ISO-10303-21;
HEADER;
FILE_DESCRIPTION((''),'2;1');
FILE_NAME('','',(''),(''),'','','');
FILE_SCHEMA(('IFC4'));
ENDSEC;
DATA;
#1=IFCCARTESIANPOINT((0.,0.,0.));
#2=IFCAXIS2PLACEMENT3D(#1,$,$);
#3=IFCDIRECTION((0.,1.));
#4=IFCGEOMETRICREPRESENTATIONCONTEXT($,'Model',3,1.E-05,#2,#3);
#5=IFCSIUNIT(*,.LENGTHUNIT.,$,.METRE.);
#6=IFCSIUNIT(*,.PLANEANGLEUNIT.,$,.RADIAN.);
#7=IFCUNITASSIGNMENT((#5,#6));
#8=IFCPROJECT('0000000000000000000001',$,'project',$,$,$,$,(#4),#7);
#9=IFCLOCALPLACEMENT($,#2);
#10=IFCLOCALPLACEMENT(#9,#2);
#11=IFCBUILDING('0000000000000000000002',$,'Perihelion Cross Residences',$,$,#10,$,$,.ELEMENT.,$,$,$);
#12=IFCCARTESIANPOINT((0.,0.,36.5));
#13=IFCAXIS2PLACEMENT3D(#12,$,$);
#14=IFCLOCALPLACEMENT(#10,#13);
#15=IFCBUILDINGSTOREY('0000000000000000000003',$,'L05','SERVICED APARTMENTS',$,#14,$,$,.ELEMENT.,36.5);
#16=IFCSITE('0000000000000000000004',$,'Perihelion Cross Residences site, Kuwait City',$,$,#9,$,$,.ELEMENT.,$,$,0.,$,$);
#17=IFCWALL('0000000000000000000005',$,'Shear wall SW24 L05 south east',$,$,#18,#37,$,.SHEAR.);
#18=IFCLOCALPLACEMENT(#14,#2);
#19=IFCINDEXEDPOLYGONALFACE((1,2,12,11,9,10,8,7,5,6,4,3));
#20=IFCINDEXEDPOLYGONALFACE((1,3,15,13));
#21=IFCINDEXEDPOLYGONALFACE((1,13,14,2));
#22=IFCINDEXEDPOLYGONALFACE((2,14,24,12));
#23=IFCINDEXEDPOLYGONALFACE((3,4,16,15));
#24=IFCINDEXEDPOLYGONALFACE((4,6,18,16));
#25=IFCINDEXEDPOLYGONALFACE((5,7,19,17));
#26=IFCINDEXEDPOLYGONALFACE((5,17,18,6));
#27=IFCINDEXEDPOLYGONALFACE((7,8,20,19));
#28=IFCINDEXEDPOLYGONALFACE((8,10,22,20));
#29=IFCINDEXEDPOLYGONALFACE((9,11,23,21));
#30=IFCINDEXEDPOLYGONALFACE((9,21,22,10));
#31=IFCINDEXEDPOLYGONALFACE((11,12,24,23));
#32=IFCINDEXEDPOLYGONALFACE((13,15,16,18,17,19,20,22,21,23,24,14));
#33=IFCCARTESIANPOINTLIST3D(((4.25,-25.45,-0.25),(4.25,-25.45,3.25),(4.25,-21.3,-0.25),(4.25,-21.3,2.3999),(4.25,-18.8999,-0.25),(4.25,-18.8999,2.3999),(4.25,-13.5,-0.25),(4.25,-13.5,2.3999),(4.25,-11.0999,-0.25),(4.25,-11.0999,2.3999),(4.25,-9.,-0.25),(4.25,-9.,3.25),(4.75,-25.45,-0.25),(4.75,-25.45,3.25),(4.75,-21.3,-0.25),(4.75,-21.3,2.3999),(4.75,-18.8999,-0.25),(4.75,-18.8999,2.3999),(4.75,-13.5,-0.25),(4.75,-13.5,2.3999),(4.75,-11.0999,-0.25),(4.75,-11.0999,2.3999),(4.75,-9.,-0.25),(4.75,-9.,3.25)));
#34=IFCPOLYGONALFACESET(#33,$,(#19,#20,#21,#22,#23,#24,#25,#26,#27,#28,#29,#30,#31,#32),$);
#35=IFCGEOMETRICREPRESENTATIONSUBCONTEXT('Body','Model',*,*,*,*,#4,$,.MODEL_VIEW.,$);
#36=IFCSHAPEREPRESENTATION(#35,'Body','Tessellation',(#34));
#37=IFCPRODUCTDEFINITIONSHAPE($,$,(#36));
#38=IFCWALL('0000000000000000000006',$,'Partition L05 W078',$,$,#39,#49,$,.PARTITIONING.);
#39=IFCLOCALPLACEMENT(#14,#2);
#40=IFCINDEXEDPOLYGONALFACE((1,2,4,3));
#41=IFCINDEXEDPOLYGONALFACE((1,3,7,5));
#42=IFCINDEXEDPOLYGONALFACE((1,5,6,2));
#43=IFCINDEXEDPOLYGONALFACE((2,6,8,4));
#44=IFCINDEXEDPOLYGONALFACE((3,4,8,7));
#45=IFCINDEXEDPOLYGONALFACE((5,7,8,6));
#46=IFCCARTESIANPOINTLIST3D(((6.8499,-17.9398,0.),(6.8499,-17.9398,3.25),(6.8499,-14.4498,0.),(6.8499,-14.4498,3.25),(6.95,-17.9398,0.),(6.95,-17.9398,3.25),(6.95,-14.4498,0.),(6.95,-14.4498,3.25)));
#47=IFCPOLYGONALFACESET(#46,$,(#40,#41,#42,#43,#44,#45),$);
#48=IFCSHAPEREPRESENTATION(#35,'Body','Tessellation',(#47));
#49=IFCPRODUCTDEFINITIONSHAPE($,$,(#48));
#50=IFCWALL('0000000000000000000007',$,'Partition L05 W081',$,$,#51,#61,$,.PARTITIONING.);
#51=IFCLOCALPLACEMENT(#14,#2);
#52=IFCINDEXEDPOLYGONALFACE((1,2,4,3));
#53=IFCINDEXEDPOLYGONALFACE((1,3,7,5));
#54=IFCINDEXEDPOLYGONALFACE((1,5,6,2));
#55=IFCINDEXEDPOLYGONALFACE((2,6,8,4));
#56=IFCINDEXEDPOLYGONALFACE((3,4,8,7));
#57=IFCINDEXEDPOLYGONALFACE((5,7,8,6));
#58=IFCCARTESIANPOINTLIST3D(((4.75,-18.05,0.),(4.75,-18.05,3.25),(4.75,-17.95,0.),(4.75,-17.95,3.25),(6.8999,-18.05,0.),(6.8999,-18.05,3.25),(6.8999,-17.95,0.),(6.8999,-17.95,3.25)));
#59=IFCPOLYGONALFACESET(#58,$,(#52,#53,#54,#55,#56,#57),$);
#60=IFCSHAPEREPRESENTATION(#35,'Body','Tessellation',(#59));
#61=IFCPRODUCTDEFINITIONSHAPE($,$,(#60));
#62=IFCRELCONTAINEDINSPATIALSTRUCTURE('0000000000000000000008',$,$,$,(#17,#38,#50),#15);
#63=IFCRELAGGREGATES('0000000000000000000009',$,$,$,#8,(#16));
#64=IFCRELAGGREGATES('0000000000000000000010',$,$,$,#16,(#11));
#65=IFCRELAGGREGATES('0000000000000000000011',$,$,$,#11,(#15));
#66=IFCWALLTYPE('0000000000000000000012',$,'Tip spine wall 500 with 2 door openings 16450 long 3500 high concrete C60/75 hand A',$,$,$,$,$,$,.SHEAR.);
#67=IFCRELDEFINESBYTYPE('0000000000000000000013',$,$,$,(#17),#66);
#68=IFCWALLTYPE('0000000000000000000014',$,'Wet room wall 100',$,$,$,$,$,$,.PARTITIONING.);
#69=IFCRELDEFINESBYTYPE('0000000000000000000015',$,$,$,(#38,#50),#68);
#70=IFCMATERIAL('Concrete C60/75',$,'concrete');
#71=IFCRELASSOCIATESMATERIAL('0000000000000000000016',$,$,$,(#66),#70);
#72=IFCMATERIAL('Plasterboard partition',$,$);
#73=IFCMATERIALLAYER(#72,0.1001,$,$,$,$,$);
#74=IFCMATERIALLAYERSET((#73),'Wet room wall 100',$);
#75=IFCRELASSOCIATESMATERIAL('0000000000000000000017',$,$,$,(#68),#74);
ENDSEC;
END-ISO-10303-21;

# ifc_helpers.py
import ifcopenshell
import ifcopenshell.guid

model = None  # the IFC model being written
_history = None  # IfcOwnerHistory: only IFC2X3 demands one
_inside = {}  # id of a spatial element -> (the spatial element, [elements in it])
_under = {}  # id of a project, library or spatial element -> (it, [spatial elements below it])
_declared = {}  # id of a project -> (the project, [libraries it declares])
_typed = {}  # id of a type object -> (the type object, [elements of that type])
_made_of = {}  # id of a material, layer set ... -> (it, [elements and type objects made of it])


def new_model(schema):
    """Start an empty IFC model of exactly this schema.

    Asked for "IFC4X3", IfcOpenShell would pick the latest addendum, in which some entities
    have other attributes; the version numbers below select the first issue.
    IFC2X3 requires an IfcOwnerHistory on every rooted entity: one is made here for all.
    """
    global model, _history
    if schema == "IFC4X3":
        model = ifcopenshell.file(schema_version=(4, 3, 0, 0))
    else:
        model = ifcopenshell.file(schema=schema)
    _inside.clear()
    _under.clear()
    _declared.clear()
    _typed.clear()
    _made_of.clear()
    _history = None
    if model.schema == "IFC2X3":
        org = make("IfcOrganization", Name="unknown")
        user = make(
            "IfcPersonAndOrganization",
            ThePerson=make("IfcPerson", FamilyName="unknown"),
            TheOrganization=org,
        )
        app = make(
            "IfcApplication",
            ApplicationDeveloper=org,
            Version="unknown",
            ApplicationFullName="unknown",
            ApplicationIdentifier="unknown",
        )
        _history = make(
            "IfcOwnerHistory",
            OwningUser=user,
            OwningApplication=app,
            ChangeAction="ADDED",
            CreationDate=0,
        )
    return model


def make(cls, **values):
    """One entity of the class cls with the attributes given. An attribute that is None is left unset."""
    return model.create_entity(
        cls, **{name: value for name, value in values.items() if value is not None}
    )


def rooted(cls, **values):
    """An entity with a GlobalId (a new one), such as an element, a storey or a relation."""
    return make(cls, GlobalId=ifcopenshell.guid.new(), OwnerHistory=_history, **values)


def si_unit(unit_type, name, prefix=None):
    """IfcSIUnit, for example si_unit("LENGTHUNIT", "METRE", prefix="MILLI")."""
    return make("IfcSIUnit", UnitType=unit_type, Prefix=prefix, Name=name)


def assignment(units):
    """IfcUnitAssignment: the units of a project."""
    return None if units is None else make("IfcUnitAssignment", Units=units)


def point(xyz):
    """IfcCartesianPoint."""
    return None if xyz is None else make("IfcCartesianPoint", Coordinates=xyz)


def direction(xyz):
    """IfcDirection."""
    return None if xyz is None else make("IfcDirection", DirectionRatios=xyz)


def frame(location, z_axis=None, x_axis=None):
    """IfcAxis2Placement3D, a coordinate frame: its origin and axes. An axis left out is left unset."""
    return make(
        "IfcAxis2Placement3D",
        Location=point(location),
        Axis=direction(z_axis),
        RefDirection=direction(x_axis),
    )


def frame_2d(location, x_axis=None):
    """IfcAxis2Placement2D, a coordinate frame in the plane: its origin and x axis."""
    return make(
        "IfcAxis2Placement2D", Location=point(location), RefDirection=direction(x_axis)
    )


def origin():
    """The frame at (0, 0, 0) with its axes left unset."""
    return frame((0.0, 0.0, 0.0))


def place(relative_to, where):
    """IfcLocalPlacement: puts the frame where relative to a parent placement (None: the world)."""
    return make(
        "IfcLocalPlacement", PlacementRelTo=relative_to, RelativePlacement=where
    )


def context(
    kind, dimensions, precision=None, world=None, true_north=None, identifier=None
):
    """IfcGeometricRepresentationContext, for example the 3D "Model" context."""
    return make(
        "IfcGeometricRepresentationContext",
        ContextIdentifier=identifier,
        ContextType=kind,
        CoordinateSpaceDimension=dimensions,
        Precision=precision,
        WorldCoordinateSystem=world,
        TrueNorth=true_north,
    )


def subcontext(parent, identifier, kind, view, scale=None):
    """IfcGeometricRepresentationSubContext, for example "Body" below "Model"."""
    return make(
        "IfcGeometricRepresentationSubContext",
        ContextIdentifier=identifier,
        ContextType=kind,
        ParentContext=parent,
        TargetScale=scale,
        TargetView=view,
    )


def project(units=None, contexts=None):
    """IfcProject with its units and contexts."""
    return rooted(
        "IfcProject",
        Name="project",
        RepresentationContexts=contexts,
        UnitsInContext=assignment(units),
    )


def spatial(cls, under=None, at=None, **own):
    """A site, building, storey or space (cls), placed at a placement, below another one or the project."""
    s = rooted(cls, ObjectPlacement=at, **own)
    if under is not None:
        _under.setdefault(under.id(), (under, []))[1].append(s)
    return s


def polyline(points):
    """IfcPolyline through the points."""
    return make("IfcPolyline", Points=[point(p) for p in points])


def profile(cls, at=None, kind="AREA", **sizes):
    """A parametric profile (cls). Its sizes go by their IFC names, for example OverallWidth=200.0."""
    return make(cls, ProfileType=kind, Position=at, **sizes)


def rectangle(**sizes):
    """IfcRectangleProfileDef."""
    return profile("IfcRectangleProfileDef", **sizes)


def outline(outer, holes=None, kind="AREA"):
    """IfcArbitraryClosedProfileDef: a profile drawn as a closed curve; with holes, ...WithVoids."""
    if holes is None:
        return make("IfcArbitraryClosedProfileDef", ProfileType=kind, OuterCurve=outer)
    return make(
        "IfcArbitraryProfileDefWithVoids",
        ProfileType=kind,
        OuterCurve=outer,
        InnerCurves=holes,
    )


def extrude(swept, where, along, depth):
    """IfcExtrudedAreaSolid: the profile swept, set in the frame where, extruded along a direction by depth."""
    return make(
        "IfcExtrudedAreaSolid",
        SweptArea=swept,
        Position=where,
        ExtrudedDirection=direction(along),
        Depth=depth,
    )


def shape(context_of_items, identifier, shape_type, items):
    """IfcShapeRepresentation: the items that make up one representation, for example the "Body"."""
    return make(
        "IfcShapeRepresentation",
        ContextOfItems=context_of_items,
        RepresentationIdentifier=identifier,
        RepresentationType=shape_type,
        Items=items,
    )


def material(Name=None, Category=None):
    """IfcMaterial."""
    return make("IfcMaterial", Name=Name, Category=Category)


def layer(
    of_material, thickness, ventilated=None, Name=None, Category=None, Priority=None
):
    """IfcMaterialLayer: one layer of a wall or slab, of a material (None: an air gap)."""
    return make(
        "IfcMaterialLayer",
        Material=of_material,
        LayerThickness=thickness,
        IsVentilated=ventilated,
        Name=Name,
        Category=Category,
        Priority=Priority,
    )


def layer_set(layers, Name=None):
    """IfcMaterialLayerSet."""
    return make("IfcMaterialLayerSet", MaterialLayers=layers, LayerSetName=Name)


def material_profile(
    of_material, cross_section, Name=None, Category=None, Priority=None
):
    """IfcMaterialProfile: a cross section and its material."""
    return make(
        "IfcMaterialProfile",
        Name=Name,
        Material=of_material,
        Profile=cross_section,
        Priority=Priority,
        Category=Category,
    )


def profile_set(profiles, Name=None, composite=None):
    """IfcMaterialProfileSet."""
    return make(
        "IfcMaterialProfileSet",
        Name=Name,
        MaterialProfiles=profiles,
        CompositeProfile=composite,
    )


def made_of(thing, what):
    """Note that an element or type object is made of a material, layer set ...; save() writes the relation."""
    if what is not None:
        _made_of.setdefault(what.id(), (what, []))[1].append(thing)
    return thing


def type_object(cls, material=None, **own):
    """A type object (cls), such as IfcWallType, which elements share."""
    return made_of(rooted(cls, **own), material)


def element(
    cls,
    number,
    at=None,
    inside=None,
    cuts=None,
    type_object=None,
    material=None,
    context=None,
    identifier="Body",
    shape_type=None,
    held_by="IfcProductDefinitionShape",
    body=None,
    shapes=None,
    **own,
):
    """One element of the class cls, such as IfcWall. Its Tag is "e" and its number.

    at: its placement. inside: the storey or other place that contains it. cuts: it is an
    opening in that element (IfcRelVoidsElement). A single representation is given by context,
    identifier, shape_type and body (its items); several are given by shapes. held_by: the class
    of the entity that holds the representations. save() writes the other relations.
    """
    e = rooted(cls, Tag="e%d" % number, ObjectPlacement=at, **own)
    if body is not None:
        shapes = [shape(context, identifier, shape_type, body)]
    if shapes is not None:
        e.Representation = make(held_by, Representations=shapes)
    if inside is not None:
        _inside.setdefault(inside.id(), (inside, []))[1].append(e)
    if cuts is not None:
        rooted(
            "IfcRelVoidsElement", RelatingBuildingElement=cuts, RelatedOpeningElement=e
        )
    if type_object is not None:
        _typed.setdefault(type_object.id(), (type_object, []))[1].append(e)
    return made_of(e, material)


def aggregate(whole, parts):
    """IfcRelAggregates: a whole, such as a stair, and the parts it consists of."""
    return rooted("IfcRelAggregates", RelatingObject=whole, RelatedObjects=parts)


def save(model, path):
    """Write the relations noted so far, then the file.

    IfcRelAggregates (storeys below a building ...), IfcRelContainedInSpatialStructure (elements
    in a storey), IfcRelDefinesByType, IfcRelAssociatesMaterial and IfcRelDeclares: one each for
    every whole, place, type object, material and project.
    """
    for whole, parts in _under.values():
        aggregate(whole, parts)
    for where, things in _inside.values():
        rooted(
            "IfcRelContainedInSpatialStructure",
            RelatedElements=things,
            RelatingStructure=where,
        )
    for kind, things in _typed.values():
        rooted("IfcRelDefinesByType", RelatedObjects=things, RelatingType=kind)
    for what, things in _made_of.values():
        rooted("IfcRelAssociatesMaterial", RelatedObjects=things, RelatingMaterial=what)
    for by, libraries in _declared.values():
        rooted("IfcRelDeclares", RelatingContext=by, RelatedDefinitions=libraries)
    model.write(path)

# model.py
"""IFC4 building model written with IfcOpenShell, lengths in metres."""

from ifc_helpers import new_model, si_unit, direction, frame, frame_2d, origin, place, context, subcontext, project, spatial, polyline, rectangle, outline, extrude, material, layer, layer_set, material_profile, profile_set, type_object, element, save


model = new_model("IFC4")

# Units and contexts
model_context = context("Model", 3, precision=1e-05, world=origin(), true_north=direction((0.0, 1.0)))
body_context = subcontext(model_context, "Body", "Model", "MODEL_VIEW")
ifc_project = project(units=[si_unit("LENGTHUNIT", "METRE"), si_unit("PLANEANGLEUNIT", "RADIAN")], contexts=[model_context])

# Site, building, storey
site_placement = place(None, origin())
site = spatial("IfcSite", under=ifc_project, at=site_placement, Name="Perihelion Cross Residences site, Kuwait City", CompositionType="ELEMENT", RefElevation=0.0)
building_placement = place(site_placement, origin())
building = spatial("IfcBuilding", under=site, at=building_placement, Name="Perihelion Cross Residences", CompositionType="ELEMENT")
storey_placement = place(building_placement, frame((0.0, 0.0, 36.5)))
storey = spatial("IfcBuildingStorey", under=building, at=storey_placement, Name="L05", Description="SERVICED APARTMENTS", CompositionType="ELEMENT", Elevation=36.5)

# Walls
ifc_material_1 = material(Name="Concrete C60/75", Category="concrete")
ifc_material_profile_1 = material_profile(ifc_material_1, outline(polyline([(0.0, 0.0), (4.1499, 0.0), (4.1499, 2.6499), (6.55, 2.6499), (6.55, 0.0), (11.95, 0.0), (11.95, 2.6499), (14.3501, 2.6499), (14.3501, 0.0), (16.45, 0.0), (16.45, 3.5), (0.0, 3.5), (0.0, 0.0)])), Name="Tip spine wall")
ifc_profile_set_1 = profile_set([ifc_material_profile_1], Name="Concrete C60/75")
wall_type_1 = type_object("IfcWallType", Name="Tip spine wall 500 with 2 door openings 16450 long 3500 high concrete C60/75 hand A", PredefinedType="SHEAR", material=ifc_profile_set_1)
wall_1_placement = place(storey_placement, frame((4.25, -25.45, -0.25), z_axis=(1.0, 0.0, 0.0), x_axis=(0.0, 1.0, 0.0)))
element("IfcWall", 1, at=wall_1_placement, inside=storey, type_object=wall_type_1, Name="Shear wall SW24 L05 south east", PredefinedType="SHEAR", context=body_context, shape_type="SweptSolid", body=[
    extrude(outline(polyline([(0.0, 0.0), (4.1499, 0.0), (4.1499, 2.6499), (6.55, 2.6499), (6.55, 0.0), (11.95, 0.0), (11.95, 2.6499), (14.3501, 2.6499), (14.3501, 0.0), (16.45, 0.0), (16.45, 3.5), (0.0, 3.5), (0.0, 0.0)])), origin(), (0.0, 0.0, 1.0), 0.5),
])
ifc_material_2 = material(Name="Plasterboard partition")
ifc_layer_1 = layer(ifc_material_2, 0.1001)
ifc_layer_set_1 = layer_set([ifc_layer_1], Name="Wet room wall 100")
wall_type_2 = type_object("IfcWallType", Name="Wet room wall 100", PredefinedType="PARTITIONING", material=ifc_layer_set_1)
wall_2_placement = place(storey_placement, frame((6.8999, -17.9399, 0.0), z_axis=(0.0, 0.0, 1.0), x_axis=(0.0, 1.0, 0.0)))
element("IfcWall", 2, at=wall_2_placement, inside=storey, type_object=wall_type_2, Name="Partition L05 W078", PredefinedType="PARTITIONING", context=body_context, shape_type="SweptSolid", body=[
    extrude(rectangle(XDim=3.49, YDim=0.1001, at=frame_2d((1.7451, 0.0))), origin(), (0.0, 0.0, 1.0), 3.25),
])
wall_3_placement = place(storey_placement, frame((6.8999, -18.0, 0.0), z_axis=(0.0, 0.0, 1.0), x_axis=(-1.0, 0.0, 0.0)))
element("IfcWall", 3, at=wall_3_placement, inside=storey, type_object=wall_type_2, Name="Partition L05 W081", PredefinedType="PARTITIONING", context=body_context, shape_type="SweptSolid", body=[
    extrude(rectangle(XDim=2.1499, YDim=0.1001, at=frame_2d((1.075, 0.0))), origin(), (0.0, 0.0, 1.0), 3.25),
])

save(model, "model.ifc")
